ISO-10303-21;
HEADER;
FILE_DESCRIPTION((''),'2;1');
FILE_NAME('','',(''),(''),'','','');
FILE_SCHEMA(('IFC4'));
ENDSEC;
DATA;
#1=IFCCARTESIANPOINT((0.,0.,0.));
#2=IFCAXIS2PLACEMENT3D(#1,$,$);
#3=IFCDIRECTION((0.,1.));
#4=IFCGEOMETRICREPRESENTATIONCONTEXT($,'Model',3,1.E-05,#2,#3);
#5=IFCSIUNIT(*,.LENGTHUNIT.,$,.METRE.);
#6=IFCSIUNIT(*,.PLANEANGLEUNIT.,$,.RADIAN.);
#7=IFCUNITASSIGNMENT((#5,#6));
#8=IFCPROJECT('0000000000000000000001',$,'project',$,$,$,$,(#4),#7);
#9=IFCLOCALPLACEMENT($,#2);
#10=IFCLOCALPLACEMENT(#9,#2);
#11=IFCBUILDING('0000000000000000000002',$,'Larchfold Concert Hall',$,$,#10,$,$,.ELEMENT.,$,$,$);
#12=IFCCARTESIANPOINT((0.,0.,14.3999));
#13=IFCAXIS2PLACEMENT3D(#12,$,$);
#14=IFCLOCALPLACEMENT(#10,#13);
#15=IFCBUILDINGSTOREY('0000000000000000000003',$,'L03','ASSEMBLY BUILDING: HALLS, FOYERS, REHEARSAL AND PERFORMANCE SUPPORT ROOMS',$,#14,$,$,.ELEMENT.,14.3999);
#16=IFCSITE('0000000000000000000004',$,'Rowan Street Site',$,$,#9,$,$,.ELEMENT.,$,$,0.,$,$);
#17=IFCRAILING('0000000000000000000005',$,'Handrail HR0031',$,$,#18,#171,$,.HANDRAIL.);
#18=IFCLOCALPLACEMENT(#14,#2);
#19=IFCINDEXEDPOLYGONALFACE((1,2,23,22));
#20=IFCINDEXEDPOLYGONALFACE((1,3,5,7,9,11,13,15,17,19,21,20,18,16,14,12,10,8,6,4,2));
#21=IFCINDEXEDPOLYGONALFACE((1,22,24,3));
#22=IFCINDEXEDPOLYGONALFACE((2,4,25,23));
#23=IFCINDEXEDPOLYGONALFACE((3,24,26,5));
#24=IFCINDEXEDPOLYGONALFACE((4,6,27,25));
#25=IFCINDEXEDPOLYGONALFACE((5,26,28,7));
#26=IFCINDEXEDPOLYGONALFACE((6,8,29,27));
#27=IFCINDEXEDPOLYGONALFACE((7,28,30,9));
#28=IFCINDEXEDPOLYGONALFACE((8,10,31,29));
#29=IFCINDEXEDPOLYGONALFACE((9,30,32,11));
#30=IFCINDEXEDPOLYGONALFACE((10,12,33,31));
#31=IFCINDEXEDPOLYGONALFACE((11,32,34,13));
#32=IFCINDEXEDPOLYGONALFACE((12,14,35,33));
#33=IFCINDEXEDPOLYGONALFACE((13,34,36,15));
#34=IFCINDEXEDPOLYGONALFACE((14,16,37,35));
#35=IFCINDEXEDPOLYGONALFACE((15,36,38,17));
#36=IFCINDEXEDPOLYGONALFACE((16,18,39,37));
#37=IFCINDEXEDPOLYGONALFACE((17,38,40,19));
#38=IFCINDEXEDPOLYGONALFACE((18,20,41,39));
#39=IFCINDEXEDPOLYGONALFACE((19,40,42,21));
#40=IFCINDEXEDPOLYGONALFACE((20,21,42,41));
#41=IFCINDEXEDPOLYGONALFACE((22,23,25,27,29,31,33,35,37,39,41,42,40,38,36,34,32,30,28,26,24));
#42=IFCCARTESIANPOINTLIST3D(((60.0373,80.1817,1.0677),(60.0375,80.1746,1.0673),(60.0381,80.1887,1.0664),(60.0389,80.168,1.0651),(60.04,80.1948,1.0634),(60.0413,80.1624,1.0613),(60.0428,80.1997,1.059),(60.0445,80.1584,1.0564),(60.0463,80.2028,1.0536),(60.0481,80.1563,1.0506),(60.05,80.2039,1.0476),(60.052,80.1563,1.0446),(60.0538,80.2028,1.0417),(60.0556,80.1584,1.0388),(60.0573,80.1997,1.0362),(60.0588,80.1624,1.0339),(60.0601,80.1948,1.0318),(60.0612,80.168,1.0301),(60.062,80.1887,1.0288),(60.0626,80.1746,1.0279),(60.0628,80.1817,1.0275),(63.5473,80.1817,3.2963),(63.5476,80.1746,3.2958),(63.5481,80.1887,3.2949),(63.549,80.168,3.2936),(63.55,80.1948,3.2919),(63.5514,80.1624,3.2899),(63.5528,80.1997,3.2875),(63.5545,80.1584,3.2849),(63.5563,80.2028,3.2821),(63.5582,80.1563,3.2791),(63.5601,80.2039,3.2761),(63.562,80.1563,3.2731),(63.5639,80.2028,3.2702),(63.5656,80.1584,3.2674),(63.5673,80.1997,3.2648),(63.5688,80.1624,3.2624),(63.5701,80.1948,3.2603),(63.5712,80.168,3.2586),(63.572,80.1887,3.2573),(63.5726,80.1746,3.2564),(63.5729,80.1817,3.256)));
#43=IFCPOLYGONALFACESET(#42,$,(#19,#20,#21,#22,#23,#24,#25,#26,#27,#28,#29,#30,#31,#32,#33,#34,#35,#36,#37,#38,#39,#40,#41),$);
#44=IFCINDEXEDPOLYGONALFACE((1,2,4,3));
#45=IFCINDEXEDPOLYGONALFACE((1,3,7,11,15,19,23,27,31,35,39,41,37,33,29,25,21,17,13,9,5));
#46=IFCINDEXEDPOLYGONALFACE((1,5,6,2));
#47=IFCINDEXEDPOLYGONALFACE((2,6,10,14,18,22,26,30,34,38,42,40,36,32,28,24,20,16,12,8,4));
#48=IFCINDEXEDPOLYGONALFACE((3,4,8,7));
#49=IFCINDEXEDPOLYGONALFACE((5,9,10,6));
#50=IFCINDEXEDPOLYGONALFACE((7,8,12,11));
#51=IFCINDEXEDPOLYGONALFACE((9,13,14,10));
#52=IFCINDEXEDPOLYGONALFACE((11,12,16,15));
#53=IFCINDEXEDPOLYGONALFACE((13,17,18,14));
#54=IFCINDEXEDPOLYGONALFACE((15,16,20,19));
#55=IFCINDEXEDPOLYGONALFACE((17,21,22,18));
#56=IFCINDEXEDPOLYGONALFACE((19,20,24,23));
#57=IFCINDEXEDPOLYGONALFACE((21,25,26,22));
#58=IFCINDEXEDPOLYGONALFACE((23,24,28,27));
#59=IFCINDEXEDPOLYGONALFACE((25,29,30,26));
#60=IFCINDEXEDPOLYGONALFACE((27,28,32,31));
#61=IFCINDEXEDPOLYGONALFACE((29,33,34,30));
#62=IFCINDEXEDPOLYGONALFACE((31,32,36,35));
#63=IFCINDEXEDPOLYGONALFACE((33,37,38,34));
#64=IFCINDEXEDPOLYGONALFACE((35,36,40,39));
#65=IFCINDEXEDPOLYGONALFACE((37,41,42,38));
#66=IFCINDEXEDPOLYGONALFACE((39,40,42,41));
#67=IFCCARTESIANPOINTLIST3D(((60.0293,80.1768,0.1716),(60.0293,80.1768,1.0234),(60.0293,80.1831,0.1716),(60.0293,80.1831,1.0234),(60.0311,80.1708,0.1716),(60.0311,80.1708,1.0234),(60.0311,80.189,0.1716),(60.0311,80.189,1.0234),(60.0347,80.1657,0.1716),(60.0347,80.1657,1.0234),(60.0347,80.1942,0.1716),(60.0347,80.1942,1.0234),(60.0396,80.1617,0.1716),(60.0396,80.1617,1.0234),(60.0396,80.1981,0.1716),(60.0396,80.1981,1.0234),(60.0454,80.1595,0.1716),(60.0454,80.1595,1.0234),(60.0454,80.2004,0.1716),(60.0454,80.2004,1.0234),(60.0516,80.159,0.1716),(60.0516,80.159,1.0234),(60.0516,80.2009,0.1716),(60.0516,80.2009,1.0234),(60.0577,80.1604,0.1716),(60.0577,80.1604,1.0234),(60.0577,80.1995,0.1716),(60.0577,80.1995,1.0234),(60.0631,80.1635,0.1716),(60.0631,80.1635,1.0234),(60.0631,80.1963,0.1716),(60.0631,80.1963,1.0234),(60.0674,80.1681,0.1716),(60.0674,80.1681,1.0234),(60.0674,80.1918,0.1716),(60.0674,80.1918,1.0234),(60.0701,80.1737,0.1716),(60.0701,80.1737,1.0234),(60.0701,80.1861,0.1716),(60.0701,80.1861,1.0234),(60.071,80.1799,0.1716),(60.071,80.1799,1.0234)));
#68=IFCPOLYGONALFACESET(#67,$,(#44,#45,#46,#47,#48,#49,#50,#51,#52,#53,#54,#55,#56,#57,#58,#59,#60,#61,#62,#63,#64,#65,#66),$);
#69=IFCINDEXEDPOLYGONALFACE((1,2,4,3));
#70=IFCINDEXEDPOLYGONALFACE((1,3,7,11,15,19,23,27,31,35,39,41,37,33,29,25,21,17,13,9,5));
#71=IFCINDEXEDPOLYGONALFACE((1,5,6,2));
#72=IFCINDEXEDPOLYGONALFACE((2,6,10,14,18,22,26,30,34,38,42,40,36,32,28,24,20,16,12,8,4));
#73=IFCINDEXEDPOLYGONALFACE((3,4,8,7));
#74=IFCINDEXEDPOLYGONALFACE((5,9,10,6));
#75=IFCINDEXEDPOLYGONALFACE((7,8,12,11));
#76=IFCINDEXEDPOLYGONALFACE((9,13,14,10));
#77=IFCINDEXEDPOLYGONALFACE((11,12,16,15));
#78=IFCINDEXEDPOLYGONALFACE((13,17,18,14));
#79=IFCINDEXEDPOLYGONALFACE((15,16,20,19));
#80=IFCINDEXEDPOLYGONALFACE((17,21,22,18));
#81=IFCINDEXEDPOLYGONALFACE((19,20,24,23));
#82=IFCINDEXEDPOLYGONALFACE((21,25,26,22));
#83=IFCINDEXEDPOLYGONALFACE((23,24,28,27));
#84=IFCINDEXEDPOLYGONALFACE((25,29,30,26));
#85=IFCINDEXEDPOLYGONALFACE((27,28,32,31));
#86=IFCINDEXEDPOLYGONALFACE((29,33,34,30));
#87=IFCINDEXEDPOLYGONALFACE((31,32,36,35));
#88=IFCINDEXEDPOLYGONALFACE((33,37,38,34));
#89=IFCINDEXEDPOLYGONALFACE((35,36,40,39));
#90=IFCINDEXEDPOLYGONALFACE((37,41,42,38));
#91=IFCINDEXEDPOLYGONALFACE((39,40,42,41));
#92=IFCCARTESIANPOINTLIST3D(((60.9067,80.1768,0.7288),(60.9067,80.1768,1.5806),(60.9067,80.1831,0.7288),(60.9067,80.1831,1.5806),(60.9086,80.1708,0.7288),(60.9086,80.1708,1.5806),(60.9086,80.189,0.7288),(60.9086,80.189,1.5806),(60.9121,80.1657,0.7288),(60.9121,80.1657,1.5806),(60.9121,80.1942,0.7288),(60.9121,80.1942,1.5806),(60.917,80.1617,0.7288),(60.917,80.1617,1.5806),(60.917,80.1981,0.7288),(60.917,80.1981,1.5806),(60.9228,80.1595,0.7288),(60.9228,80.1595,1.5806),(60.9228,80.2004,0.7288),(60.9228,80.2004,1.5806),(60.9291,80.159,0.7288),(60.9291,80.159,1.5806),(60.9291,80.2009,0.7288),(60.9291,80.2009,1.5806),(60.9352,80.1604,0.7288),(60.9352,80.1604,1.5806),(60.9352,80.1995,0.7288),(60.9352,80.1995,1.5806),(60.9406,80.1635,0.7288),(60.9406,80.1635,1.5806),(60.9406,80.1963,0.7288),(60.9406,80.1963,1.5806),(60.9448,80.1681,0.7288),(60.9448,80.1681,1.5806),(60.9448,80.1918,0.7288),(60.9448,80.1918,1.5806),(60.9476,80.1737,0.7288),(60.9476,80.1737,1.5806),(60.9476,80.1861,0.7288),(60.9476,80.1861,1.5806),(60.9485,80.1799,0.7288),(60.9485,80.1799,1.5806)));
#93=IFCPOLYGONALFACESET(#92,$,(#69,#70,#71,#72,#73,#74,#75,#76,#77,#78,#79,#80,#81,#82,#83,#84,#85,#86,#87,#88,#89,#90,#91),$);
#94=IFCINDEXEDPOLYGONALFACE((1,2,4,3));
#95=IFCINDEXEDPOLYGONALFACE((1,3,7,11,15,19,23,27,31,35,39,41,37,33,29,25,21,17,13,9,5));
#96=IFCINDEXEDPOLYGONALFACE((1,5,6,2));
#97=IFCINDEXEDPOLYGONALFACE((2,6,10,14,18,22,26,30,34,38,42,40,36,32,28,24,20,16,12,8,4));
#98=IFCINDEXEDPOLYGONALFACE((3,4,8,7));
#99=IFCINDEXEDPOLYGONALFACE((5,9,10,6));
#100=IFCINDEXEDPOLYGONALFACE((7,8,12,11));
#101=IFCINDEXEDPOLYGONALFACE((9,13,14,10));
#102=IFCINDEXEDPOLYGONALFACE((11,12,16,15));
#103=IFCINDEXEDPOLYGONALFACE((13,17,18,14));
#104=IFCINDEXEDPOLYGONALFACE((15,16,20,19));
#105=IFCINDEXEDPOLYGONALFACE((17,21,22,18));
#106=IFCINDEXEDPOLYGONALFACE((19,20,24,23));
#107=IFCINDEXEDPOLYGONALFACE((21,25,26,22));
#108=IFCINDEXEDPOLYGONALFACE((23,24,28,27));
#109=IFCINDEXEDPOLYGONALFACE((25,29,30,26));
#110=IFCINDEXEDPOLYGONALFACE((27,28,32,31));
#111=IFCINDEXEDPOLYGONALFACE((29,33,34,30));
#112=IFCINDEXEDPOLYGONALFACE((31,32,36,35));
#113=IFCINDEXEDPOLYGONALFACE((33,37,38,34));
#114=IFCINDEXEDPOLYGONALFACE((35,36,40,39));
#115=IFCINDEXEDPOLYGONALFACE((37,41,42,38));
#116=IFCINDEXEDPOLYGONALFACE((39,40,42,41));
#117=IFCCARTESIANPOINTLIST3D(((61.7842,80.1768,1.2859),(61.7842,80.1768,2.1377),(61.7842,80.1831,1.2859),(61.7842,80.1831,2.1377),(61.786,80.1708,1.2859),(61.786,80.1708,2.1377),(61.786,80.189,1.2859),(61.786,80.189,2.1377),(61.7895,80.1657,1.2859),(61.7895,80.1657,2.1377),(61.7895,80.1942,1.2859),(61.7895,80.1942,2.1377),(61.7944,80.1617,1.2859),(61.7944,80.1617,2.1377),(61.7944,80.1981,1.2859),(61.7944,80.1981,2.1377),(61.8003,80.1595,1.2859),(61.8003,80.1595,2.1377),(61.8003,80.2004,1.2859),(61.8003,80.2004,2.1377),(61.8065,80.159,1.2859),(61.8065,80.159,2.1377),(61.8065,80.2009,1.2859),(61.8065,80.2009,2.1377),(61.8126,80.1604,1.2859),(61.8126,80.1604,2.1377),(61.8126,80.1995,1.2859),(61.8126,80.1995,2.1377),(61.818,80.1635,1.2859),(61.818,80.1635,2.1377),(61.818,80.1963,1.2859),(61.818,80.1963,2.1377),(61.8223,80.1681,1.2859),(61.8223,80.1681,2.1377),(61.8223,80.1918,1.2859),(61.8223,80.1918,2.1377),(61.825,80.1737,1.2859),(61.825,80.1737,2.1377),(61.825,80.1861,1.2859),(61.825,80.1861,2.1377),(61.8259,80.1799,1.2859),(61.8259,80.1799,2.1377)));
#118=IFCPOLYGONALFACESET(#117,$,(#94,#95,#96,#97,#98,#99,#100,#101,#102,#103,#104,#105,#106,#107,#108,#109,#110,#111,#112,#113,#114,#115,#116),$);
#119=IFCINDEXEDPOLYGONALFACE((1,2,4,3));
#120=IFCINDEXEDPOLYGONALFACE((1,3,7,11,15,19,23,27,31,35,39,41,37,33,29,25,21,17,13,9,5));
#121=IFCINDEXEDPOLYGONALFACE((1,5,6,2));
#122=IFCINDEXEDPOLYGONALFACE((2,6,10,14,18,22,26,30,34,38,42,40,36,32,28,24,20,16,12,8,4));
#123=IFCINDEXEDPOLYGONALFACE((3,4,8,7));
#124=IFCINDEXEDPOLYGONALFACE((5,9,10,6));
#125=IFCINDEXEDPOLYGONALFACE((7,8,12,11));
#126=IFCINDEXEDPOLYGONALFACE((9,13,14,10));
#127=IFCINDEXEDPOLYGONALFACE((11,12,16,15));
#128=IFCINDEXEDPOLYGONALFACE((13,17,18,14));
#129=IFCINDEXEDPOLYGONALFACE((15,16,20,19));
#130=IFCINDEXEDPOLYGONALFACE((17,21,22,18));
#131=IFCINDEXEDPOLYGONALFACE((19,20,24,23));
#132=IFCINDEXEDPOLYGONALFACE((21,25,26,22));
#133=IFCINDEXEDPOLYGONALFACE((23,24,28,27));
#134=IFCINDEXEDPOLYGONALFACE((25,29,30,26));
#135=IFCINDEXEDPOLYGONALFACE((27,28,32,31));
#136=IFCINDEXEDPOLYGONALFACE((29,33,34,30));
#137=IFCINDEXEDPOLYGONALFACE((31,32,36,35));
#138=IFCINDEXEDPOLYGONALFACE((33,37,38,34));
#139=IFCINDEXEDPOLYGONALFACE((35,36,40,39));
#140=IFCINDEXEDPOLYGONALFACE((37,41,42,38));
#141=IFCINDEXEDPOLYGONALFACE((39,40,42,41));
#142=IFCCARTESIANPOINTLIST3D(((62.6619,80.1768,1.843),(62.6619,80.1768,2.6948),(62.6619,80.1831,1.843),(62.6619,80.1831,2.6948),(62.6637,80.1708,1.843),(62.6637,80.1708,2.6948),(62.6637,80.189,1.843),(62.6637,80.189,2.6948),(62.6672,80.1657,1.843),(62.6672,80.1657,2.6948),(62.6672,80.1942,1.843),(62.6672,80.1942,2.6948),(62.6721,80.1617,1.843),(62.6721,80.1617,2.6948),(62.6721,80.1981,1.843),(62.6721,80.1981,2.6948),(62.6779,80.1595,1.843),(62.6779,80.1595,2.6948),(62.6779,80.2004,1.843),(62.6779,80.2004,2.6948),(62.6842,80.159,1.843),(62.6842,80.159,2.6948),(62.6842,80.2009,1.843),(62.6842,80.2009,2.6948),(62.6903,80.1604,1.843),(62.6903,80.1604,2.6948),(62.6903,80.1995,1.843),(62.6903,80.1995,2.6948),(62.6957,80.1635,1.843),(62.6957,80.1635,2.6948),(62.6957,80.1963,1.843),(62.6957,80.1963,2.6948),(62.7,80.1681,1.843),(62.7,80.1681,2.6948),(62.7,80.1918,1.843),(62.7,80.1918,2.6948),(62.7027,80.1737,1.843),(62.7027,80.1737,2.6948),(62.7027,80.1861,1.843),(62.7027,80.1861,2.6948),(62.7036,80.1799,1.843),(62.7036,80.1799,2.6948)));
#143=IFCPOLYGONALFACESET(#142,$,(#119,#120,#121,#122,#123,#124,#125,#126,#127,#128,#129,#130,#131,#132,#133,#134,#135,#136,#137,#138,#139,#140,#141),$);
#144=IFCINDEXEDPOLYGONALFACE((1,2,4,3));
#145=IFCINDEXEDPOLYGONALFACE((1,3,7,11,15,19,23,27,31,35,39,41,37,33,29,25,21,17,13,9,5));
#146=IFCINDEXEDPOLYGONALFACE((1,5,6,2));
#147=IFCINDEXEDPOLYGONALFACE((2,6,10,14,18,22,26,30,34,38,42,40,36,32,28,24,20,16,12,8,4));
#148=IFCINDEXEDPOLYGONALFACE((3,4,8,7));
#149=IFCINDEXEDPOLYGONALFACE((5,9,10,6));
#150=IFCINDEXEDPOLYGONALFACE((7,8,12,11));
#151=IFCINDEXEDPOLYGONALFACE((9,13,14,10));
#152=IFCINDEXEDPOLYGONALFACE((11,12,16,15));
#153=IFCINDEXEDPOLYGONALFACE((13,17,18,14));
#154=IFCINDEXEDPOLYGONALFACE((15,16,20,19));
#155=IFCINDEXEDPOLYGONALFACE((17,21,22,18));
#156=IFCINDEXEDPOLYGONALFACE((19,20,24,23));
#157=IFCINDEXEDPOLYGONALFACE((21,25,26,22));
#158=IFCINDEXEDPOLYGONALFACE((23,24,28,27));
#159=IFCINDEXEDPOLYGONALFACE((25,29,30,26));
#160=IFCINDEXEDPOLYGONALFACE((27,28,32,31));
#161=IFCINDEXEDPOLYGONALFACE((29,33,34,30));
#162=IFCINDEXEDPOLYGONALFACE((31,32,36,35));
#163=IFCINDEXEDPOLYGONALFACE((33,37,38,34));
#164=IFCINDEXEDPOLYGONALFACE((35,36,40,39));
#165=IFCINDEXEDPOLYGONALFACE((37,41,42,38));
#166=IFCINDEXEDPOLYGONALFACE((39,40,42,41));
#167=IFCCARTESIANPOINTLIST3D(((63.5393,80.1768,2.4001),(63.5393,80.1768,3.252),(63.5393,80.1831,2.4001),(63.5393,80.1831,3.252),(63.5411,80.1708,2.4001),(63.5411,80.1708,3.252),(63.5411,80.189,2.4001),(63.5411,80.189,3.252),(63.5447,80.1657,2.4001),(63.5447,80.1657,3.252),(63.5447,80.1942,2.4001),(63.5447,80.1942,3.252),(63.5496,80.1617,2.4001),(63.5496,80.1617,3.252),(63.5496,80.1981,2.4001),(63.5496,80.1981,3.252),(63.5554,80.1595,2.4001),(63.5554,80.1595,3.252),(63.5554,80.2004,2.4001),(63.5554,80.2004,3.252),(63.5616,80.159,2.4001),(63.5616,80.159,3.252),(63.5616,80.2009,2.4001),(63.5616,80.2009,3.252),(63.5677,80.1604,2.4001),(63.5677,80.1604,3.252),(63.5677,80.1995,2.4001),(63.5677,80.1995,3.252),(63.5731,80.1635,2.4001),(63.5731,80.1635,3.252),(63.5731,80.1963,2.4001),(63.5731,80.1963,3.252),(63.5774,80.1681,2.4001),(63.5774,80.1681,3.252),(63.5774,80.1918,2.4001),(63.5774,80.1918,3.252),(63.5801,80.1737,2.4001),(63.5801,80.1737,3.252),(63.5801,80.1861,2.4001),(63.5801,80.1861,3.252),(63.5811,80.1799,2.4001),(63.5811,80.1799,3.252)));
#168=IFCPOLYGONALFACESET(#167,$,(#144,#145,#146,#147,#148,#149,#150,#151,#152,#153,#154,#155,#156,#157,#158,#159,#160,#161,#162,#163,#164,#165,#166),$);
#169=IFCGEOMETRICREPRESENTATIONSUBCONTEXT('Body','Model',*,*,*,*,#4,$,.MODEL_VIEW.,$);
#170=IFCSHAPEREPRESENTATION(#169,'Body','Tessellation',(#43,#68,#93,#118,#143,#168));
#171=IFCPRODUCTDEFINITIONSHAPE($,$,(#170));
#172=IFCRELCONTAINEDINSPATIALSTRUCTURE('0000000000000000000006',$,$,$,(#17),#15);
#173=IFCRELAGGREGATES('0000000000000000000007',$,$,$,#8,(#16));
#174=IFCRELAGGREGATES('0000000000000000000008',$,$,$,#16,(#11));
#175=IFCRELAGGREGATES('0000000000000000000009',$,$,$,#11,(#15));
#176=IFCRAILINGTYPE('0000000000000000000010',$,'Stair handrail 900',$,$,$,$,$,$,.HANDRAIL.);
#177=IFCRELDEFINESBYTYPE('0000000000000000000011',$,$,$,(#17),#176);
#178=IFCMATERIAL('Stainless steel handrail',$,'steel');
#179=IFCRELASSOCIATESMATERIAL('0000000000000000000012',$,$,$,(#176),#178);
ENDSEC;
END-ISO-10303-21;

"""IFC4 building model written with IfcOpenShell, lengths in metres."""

from ifc_helpers import new_model, si_unit, direction, frame, origin, origin_2d, place, context, subcontext, project, spatial, circle, extrude, material, type_object, element, save


model = new_model("IFC4")

# Units and contexts
model_context = context("Model", 3, precision=1e-05, world=origin(), true_north=direction((0.0, 1.0)))
body_context = subcontext(model_context, "Body", "Model", "MODEL_VIEW")
ifc_project = project(units=[si_unit("LENGTHUNIT", "METRE"), si_unit("PLANEANGLEUNIT", "RADIAN")], contexts=[model_context])

# Site, building, storey
site_placement = place(None, origin())
site = spatial("IfcSite", under=ifc_project, at=site_placement, Name="Rowan Street Site", CompositionType="ELEMENT", RefElevation=0.0)
building_placement = place(site_placement, origin())
building = spatial("IfcBuilding", under=site, at=building_placement, Name="Larchfold Concert Hall", CompositionType="ELEMENT")
storey_placement = place(building_placement, frame((0.0, 0.0, 14.3999)))
storey = spatial("IfcBuildingStorey", under=building, at=storey_placement, Name="L03", Description="ASSEMBLY BUILDING: HALLS, FOYERS, REHEARSAL AND PERFORMANCE SUPPORT ROOMS", CompositionType="ELEMENT", Elevation=14.3999)

# Railing
ifc_material_1 = material(Name="Stainless steel handrail", Category="steel")
railing_type_1 = type_object("IfcRailingType", Name="Stair handrail 900", PredefinedType="HANDRAIL", material=ifc_material_1)
railing_1_placement = place(storey_placement, frame((60.05, 80.1799, 0.1716)))
element("IfcRailing", 1, at=railing_1_placement, inside=storey, type_object=railing_type_1, Name="Handrail HR0031", PredefinedType="HANDRAIL", context=body_context, shape_type="SweptSolid", body=[
    extrude(circle(Radius=0.0239, at=origin_2d()), frame((0.0, 0.0, 0.876), z_axis=(0.84422, 0.0, 0.535998), x_axis=(0.0, 1.0, 0.0)), (0.0, 0.0, 1.0), 4.1577),
    extrude(circle(Radius=0.021, at=origin_2d()), origin(), (0.0, 0.0, 1.0), 0.8518),
    extrude(circle(Radius=0.021, at=origin_2d()), frame((0.8774, 0.0, 0.5571)), (0.0, 0.0, 1.0), 0.8518),
    extrude(circle(Radius=0.021, at=origin_2d()), frame((1.7549, 0.0, 1.1143)), (0.0, 0.0, 1.0), 0.8518),
    extrude(circle(Radius=0.021, at=origin_2d()), frame((2.6326, 0.0, 1.6714)), (0.0, 0.0, 1.0), 0.8518),
    extrude(circle(Radius=0.021, at=origin_2d()), frame((3.51, 0.0, 2.2285)), (0.0, 0.0, 1.0), 0.8518),
])

save(model, "model.ifc")
